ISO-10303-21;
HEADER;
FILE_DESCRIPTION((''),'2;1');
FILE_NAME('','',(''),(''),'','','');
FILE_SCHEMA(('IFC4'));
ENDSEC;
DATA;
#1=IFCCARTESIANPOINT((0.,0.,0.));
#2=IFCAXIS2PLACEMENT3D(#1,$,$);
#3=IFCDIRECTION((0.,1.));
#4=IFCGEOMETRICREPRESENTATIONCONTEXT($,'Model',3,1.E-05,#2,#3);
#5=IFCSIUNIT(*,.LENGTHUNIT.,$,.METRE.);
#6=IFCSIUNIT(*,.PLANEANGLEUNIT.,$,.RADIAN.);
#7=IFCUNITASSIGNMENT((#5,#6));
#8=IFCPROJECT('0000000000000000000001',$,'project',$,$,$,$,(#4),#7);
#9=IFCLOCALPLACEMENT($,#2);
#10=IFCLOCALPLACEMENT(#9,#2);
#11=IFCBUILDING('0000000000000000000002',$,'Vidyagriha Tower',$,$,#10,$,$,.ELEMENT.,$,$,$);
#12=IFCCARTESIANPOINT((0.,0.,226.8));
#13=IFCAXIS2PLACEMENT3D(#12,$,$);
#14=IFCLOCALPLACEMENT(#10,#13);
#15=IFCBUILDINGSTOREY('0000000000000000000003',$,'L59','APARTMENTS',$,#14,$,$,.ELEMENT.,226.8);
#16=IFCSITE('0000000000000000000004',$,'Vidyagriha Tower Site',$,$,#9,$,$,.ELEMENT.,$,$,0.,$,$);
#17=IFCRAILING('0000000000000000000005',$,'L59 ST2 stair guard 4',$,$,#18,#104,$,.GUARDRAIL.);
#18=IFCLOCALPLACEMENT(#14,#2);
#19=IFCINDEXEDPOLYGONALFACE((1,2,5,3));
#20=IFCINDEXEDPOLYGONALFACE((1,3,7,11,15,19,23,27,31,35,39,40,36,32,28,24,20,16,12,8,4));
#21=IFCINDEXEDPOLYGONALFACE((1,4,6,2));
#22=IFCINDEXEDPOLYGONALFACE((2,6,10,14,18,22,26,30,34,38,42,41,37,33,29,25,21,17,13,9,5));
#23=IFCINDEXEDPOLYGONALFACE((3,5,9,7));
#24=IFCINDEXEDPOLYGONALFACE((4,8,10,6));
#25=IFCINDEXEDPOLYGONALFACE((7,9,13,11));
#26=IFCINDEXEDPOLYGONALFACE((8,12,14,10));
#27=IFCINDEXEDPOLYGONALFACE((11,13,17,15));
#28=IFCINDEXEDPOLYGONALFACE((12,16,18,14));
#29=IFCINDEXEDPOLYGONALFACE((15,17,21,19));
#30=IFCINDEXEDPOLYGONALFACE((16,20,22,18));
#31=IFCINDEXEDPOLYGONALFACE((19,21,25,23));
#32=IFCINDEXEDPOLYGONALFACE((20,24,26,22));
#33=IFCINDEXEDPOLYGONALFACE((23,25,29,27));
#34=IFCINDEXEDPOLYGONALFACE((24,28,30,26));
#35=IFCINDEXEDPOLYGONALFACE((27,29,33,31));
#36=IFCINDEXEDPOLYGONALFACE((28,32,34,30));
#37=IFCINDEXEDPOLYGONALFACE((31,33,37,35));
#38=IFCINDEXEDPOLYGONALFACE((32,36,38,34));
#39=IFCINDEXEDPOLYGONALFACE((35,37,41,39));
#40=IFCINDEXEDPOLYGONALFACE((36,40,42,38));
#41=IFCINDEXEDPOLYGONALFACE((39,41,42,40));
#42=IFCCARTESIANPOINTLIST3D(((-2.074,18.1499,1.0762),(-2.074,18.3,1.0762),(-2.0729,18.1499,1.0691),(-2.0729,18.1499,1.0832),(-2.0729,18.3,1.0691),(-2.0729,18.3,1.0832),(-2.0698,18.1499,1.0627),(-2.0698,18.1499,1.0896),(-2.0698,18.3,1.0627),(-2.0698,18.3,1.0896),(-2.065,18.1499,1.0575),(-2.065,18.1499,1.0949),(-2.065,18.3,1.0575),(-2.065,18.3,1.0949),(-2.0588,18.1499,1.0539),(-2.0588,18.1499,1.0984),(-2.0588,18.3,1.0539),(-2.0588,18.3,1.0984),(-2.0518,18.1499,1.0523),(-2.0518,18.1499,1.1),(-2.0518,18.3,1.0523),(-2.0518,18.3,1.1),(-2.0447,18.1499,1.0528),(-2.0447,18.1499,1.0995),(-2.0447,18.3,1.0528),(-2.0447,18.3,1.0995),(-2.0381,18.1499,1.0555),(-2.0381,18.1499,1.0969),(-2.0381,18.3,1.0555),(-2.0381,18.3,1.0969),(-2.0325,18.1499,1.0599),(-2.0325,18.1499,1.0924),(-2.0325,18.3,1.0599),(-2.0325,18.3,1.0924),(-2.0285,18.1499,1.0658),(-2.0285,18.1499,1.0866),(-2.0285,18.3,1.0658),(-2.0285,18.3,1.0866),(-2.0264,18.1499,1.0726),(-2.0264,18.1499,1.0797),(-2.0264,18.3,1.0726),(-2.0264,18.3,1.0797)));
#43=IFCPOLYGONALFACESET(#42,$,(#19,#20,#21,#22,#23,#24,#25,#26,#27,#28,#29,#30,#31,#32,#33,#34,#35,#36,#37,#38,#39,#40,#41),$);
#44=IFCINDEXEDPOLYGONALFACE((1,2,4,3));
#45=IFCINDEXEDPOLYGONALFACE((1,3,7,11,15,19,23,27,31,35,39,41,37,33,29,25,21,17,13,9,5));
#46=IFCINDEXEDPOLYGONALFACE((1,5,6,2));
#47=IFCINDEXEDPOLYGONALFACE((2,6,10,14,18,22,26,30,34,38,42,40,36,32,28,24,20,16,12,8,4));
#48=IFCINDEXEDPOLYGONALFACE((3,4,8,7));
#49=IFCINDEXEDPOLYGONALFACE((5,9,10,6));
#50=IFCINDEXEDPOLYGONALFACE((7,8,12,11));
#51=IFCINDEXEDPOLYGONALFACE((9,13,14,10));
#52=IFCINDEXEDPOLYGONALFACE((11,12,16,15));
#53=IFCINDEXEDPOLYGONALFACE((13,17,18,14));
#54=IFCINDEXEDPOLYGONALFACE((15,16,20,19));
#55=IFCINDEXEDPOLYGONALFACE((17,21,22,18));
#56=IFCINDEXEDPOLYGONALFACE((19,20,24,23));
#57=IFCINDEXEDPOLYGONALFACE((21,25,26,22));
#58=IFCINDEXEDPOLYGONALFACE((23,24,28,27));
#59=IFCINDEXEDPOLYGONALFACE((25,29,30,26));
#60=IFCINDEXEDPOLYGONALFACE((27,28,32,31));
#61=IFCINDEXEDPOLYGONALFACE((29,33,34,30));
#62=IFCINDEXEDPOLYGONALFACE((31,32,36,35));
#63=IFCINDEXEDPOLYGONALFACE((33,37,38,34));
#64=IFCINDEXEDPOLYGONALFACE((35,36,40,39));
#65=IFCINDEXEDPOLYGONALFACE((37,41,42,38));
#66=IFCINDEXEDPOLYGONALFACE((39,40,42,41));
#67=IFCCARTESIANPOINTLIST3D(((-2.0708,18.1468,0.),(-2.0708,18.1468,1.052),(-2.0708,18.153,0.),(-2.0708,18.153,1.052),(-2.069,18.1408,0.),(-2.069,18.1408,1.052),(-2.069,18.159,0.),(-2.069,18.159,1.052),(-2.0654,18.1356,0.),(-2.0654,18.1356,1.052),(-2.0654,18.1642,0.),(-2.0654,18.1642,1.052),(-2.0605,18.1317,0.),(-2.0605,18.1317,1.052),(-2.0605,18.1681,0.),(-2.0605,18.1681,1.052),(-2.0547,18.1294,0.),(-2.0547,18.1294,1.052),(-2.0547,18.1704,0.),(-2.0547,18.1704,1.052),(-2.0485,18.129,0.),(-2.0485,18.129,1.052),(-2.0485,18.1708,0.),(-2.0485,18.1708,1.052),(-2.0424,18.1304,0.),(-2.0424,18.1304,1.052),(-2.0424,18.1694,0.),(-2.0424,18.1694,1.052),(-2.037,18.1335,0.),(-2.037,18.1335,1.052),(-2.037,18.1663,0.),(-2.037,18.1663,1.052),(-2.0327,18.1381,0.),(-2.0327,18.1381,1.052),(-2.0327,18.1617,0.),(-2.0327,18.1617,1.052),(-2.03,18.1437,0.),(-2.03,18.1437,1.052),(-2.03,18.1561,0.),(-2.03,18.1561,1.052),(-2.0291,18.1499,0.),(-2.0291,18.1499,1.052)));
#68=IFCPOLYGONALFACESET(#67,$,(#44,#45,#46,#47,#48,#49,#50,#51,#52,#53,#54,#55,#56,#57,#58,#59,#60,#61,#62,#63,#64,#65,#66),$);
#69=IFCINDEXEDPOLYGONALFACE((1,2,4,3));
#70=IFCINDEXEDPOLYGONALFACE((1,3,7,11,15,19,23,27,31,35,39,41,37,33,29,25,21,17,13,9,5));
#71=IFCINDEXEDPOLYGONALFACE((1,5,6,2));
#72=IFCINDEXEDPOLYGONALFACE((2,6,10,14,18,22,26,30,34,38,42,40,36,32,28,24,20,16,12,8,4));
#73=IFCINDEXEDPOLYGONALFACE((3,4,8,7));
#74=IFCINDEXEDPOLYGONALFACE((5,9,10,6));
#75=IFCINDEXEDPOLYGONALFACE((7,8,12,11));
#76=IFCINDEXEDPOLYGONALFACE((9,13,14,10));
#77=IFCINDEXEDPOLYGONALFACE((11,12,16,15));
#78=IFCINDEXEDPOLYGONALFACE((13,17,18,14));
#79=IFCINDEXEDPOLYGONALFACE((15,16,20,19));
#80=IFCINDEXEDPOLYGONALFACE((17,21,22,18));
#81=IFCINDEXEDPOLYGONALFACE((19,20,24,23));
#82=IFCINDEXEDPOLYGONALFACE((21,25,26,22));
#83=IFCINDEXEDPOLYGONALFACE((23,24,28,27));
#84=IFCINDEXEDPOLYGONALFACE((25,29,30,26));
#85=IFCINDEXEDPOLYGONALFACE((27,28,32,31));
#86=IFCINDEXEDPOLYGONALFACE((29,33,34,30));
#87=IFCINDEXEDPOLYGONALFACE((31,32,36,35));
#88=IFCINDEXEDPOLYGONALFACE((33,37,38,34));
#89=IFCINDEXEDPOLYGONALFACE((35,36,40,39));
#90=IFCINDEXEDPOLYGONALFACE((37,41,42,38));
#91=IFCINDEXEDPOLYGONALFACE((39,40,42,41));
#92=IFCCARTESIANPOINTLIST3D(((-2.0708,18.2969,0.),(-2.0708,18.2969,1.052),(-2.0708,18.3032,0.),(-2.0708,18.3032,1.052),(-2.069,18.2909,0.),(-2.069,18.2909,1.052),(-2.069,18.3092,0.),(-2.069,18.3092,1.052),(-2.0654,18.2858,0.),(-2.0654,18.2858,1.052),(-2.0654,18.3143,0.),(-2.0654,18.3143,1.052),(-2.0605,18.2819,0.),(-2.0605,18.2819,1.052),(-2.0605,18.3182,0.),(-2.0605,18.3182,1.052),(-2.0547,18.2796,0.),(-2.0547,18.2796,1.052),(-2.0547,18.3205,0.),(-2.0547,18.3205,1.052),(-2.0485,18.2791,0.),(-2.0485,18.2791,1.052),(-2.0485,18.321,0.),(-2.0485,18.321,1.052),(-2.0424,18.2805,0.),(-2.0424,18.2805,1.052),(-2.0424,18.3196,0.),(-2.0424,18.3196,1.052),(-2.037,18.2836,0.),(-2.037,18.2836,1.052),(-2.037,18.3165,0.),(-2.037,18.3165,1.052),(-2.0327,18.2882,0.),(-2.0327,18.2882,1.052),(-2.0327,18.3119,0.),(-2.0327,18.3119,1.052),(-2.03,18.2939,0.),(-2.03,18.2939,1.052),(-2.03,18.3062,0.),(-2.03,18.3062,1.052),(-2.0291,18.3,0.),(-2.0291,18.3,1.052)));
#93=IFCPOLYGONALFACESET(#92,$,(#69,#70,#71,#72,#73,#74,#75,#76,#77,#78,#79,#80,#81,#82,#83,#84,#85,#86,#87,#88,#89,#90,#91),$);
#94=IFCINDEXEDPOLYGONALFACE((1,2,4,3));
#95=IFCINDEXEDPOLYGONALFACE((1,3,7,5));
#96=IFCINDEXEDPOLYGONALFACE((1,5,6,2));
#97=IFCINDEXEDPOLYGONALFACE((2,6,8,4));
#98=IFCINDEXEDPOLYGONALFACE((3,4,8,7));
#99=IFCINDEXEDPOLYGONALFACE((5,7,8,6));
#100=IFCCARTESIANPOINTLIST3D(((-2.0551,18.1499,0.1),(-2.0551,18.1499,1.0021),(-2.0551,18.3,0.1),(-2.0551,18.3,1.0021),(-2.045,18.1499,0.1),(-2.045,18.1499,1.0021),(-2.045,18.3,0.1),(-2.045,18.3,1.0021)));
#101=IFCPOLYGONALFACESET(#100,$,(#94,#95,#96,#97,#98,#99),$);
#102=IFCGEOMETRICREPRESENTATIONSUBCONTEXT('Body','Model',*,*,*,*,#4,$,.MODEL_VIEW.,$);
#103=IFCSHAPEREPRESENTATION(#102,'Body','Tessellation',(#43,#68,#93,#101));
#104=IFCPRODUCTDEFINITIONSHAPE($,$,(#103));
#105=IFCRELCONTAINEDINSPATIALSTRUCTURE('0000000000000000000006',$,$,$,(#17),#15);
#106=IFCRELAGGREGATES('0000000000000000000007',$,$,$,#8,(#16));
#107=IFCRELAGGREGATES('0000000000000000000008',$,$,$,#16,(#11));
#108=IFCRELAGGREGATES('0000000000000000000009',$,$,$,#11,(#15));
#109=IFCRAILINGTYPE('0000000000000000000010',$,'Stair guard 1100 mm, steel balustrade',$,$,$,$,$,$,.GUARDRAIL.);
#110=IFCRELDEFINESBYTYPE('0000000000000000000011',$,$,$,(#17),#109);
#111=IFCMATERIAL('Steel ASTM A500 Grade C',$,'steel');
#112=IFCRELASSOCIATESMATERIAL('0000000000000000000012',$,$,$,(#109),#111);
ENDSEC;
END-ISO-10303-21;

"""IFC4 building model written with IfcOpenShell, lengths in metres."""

from ifc_helpers import new_model, si_unit, direction, frame, origin, origin_2d, place, context, subcontext, project, spatial, rectangle, circle, extrude, material, type_object, element, save


model = new_model("IFC4")

# Units and contexts
model_context = context("Model", 3, precision=1e-05, world=origin(), true_north=direction((0.0, 1.0)))
body_context = subcontext(model_context, "Body", "Model", "MODEL_VIEW")
ifc_project = project(units=[si_unit("LENGTHUNIT", "METRE"), si_unit("PLANEANGLEUNIT", "RADIAN")], contexts=[model_context])

# Site, building, storey
site_placement = place(None, origin())
site = spatial("IfcSite", under=ifc_project, at=site_placement, Name="Vidyagriha Tower Site", CompositionType="ELEMENT", RefElevation=0.0)
building_placement = place(site_placement, origin())
building = spatial("IfcBuilding", under=site, at=building_placement, Name="Vidyagriha Tower", CompositionType="ELEMENT")
storey_placement = place(building_placement, frame((0.0, 0.0, 226.8)))
storey = spatial("IfcBuildingStorey", under=building, at=storey_placement, Name="L59", Description="APARTMENTS", CompositionType="ELEMENT", Elevation=226.8)

# Railing
ifc_material_1 = material(Name="Steel ASTM A500 Grade C", Category="steel")
railing_type_1 = type_object("IfcRailingType", Name="Stair guard 1100 mm, steel balustrade", PredefinedType="GUARDRAIL", material=ifc_material_1)
railing_1_placement = place(storey_placement, frame((-2.05, 18.1499, 0.0)))
element("IfcRailing", 1, at=railing_1_placement, inside=storey, type_object=railing_type_1, Name="L59 ST2 stair guard 4", PredefinedType="GUARDRAIL", context=body_context, shape_type="SweptSolid", body=[
    extrude(circle(Radius=0.0239, at=origin_2d()), frame((0.0, 0.0, 1.0762), z_axis=(0.0, 1.0, 0.0), x_axis=(-1.0, 0.0, 0.0)), (0.0, 0.0, 1.0), 0.1501),
    extrude(circle(Radius=0.021, at=origin_2d()), origin(), (0.0, 0.0, 1.0), 1.052),
    extrude(circle(Radius=0.021, at=origin_2d()), frame((0.0, 0.1501, 0.0)), (0.0, 0.0, 1.0), 1.052),
    extrude(rectangle(XDim=0.01, YDim=0.9021, at=origin_2d()), frame((0.0, 0.0, 0.551), z_axis=(0.0, 1.0, 0.0), x_axis=(-1.0, 0.0, 0.0)), (0.0, 0.0, 1.0), 0.1501),
])

save(model, "model.ifc")
